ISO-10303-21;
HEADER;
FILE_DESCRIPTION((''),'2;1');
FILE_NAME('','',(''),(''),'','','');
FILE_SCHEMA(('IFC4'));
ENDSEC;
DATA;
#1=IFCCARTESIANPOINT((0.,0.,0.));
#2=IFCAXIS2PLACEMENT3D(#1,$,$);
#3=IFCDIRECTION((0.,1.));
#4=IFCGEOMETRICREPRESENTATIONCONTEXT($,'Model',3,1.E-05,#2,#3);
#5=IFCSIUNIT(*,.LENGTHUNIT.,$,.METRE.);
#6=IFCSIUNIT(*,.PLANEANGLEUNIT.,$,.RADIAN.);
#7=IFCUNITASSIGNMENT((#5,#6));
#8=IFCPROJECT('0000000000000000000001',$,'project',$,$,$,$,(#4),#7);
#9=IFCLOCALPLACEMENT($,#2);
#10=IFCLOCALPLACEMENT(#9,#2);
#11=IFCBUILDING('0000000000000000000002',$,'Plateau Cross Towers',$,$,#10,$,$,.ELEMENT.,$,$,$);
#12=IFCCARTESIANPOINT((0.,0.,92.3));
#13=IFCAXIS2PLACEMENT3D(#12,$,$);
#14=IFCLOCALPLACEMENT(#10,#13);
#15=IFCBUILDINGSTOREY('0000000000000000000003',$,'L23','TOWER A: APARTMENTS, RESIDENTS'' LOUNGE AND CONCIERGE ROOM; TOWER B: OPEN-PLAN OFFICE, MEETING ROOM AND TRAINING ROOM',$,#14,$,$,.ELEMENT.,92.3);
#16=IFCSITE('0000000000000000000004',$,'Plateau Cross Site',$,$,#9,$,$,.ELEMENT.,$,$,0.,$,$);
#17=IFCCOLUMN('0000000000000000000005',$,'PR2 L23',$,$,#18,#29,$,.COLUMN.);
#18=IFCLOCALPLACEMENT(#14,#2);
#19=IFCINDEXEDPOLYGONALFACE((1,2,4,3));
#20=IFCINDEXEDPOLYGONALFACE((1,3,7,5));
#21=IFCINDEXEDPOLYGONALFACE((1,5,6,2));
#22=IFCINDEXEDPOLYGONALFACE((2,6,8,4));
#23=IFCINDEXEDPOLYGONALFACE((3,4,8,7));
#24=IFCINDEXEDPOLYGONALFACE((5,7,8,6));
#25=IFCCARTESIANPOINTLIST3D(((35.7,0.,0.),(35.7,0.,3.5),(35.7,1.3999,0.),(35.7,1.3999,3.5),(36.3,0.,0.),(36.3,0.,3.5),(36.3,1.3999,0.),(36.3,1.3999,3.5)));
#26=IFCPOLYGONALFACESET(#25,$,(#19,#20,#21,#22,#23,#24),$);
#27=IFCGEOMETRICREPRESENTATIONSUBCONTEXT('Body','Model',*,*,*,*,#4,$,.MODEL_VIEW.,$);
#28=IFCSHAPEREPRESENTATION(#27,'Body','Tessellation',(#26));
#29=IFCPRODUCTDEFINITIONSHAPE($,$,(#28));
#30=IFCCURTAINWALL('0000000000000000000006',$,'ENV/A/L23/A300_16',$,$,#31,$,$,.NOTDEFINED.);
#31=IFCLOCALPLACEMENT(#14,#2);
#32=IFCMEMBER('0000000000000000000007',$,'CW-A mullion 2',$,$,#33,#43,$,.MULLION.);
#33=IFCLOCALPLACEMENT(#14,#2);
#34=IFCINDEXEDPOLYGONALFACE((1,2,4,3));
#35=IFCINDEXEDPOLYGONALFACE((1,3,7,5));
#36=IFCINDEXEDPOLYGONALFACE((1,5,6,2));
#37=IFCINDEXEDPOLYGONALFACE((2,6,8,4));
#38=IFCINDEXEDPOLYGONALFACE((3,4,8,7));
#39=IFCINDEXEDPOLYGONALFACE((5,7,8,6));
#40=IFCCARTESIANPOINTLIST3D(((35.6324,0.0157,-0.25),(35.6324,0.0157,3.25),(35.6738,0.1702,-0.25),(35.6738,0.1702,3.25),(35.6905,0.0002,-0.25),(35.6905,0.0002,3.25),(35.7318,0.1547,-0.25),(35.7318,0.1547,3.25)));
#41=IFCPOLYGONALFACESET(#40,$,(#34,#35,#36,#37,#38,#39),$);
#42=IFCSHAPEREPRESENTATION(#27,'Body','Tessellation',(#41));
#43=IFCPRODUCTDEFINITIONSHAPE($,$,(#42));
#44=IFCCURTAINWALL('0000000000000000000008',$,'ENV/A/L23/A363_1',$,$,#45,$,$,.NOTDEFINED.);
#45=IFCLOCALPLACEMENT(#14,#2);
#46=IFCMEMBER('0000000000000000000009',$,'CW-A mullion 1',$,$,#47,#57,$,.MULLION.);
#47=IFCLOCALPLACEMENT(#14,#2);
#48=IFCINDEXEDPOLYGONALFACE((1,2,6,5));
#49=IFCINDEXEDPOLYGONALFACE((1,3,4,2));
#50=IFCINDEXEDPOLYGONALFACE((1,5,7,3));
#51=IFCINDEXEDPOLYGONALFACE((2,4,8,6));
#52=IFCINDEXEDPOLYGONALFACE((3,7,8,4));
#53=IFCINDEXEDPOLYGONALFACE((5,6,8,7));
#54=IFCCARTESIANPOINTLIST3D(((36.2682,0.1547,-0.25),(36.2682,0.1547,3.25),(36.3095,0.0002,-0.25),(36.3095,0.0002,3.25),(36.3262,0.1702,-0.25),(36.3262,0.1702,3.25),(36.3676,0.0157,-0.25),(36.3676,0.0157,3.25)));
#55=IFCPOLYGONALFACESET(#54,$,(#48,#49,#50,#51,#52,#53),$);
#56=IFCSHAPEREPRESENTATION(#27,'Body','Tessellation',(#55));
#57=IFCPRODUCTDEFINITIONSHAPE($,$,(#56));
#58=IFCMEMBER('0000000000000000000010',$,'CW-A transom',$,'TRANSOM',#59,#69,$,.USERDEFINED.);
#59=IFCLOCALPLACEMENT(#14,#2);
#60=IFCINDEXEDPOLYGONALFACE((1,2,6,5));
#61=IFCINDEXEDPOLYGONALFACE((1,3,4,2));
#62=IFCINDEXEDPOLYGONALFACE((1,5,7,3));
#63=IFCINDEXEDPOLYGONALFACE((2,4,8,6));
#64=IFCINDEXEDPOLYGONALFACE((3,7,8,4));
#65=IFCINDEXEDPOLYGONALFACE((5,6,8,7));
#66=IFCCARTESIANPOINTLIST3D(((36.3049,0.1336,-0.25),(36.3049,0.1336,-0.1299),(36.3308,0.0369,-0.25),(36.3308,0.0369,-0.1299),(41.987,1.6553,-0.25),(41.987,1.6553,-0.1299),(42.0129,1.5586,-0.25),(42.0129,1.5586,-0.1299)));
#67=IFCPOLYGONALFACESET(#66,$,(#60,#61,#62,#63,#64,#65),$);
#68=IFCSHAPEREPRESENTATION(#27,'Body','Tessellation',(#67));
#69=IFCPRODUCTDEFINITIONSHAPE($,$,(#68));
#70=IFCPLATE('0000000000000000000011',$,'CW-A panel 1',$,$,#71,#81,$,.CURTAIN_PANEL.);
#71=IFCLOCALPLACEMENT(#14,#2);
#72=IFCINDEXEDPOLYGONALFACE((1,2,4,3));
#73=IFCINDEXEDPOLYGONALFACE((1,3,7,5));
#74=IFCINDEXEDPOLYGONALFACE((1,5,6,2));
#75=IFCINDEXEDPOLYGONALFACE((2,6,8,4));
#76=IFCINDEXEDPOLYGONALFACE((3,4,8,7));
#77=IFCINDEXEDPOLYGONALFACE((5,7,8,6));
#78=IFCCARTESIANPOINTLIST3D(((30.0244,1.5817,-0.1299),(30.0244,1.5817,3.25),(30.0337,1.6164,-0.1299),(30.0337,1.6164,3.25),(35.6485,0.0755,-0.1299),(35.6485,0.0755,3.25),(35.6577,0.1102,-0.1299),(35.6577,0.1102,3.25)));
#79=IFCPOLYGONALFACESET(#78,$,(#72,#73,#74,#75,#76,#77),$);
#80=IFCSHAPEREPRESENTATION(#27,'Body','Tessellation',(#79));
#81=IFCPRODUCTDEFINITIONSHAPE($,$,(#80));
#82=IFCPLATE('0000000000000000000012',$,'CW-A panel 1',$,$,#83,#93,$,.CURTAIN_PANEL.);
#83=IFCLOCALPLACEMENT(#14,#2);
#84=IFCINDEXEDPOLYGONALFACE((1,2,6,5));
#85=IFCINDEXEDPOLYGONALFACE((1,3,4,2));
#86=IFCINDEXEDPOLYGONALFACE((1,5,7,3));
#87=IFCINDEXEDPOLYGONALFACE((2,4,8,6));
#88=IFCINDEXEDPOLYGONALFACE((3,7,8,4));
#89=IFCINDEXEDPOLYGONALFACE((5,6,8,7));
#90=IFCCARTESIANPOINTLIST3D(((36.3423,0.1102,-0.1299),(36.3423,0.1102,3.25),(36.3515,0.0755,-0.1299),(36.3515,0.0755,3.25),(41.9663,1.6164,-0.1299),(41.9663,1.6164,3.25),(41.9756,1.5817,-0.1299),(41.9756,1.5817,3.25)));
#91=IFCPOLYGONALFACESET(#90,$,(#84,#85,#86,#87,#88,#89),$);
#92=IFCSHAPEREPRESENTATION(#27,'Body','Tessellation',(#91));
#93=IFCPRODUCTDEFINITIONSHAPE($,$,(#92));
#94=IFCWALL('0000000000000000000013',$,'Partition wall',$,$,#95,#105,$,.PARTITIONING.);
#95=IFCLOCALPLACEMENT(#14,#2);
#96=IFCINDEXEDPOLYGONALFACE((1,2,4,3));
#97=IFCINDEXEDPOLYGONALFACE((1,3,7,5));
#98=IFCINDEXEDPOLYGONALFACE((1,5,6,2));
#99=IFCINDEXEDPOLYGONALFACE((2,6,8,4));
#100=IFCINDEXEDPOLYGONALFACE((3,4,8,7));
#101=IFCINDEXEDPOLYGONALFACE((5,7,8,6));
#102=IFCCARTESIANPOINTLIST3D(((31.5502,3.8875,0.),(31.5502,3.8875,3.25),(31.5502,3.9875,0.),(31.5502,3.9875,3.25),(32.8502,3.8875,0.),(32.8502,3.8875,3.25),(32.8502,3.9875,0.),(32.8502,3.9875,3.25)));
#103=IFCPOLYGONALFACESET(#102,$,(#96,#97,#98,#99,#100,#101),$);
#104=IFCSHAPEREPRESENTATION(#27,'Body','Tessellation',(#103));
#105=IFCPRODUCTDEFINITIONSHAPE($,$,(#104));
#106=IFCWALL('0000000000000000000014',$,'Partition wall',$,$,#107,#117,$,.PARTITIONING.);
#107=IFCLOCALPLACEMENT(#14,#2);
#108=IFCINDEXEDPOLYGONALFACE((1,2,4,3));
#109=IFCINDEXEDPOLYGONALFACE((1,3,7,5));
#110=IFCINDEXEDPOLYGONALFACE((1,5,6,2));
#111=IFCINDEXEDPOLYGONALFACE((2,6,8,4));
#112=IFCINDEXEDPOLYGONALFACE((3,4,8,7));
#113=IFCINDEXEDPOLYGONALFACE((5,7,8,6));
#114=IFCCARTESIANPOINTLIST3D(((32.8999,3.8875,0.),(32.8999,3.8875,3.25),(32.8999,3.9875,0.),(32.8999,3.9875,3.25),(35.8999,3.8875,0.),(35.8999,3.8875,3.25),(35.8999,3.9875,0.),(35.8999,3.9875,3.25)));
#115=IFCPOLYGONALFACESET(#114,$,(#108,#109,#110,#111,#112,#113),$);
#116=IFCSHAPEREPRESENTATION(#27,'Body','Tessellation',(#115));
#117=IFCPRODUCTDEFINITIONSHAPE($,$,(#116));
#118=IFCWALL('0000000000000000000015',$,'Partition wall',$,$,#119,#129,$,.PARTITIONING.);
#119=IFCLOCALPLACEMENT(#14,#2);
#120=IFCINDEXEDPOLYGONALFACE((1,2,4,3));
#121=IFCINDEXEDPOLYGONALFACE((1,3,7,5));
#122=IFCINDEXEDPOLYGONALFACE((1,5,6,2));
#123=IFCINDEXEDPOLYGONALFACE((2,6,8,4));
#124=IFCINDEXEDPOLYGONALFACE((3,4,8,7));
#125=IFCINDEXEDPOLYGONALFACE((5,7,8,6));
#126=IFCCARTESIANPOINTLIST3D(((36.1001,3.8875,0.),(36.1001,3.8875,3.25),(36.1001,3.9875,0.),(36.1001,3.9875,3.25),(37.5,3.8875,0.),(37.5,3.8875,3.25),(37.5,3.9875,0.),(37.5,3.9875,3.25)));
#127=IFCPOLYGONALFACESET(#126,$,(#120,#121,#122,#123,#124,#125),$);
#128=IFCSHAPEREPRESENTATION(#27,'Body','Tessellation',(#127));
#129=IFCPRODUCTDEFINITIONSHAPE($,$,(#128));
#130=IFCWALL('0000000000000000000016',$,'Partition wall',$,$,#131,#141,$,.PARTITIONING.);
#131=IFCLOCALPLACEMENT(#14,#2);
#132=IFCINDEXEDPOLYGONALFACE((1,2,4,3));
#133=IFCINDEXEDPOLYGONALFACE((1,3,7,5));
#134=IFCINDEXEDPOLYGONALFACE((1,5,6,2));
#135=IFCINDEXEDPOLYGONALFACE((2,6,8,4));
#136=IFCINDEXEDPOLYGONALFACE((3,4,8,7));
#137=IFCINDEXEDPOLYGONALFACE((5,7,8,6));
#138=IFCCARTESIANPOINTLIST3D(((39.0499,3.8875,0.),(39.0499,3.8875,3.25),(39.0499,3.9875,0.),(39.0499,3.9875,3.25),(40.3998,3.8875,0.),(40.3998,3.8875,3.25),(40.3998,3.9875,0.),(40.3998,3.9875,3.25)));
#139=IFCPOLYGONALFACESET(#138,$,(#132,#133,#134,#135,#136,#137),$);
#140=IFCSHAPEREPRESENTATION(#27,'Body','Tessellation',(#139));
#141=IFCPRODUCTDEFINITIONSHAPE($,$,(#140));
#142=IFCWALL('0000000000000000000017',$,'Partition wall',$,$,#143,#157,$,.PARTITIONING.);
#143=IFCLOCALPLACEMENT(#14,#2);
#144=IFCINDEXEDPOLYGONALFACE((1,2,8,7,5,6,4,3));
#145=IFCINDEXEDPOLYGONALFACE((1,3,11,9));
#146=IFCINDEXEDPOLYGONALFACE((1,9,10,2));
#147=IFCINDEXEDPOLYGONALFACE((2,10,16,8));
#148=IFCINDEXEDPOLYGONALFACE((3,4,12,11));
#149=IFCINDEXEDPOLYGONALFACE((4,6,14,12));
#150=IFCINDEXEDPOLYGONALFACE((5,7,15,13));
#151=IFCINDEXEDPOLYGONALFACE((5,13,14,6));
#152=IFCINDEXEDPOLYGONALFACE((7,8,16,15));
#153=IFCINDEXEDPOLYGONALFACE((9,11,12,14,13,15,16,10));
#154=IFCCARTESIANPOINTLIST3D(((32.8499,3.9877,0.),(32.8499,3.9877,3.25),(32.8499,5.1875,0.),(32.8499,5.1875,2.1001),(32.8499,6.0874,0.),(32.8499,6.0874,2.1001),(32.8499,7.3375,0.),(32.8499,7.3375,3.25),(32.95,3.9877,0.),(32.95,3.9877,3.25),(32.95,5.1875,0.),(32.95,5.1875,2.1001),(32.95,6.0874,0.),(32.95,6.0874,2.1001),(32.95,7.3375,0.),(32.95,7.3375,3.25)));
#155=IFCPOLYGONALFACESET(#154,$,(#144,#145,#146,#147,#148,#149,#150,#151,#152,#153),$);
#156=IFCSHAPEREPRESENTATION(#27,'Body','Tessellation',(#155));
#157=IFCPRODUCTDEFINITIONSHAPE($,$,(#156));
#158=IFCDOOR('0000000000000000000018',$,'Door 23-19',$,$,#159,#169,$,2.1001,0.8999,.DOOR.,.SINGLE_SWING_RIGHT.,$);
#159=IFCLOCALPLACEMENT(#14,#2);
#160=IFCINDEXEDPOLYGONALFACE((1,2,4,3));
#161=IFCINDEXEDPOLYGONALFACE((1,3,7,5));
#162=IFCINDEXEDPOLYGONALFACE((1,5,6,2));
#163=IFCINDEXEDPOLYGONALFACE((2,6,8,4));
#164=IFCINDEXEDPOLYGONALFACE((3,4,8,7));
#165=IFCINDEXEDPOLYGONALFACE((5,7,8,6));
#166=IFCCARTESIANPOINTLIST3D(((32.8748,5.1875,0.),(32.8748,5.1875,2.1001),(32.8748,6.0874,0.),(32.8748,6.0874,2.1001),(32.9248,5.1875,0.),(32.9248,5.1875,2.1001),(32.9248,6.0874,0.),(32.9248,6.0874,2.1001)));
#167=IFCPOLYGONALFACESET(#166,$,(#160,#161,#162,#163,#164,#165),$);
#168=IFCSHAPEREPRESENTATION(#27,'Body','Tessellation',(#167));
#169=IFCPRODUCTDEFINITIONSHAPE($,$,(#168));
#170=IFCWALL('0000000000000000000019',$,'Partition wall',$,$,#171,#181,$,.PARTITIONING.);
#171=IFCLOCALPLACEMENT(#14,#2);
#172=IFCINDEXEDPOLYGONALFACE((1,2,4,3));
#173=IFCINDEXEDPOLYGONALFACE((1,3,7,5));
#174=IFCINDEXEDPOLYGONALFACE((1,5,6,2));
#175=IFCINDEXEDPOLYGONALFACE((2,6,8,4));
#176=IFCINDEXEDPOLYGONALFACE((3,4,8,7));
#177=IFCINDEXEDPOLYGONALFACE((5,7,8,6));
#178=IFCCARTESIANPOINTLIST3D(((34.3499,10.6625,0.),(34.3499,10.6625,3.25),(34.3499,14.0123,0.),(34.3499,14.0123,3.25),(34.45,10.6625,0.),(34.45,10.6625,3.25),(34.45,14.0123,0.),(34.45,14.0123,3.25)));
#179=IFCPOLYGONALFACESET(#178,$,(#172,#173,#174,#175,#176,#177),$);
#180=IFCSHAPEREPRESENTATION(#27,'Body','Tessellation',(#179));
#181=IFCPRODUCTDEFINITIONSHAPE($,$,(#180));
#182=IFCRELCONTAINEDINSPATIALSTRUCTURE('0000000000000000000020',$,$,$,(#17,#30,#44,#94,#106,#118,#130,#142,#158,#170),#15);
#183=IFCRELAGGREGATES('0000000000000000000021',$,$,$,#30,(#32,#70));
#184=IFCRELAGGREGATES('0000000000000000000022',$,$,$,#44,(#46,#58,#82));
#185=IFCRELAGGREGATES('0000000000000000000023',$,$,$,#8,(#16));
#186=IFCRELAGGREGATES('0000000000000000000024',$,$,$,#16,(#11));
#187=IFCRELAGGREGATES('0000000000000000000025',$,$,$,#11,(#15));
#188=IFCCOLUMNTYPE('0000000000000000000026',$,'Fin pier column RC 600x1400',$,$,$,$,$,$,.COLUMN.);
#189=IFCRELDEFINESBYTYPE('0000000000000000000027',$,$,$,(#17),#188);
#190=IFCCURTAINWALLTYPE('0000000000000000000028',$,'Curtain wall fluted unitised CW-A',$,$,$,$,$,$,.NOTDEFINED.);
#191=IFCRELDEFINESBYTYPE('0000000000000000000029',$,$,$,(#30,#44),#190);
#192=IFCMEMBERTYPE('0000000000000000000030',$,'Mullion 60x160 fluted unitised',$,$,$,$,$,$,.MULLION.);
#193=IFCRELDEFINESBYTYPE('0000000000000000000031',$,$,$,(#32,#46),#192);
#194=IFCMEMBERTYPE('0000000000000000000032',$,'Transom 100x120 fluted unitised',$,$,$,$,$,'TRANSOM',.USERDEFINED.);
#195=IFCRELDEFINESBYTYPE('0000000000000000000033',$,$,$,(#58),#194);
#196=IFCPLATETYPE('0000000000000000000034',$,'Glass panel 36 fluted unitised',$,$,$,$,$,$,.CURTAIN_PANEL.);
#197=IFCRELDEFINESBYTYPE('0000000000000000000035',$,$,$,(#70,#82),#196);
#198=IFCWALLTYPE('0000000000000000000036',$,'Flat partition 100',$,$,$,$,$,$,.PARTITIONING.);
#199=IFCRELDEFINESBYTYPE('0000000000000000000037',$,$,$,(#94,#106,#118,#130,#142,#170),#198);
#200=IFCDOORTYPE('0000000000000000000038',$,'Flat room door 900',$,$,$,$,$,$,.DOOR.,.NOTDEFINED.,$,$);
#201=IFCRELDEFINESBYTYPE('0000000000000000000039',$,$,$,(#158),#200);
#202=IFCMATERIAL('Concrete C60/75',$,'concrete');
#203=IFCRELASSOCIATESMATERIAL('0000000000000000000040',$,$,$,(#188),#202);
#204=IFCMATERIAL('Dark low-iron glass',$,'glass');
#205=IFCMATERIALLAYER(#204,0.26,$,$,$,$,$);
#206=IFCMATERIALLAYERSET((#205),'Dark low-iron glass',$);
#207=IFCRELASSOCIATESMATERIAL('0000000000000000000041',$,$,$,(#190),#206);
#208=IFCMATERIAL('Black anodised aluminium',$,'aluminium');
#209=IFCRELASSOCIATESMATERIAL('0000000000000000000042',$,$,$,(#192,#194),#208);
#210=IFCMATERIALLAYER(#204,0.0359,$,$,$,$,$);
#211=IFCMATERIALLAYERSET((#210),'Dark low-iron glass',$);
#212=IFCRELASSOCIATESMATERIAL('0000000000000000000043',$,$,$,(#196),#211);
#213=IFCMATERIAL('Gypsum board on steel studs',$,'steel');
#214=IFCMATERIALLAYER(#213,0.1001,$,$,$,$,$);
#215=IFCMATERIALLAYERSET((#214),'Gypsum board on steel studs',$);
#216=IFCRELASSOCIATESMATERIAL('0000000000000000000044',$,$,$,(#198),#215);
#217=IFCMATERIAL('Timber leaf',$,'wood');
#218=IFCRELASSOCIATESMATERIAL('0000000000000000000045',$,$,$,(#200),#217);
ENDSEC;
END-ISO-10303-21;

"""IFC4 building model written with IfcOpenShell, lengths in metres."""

from ifc_helpers import new_model, si_unit, direction, frame, frame_2d, origin, origin_2d, place, context, subcontext, project, spatial, rectangle, extrude, material, layer, layer_set, material_profile, profile_set, type_object, element, fill, aggregate, save


model = new_model("IFC4")

# Units and contexts
model_context = context("Model", 3, precision=1e-05, world=origin(), true_north=direction((0.0, 1.0)))
body_context = subcontext(model_context, "Body", "Model", "MODEL_VIEW")
ifc_project = project(units=[si_unit("LENGTHUNIT", "METRE"), si_unit("PLANEANGLEUNIT", "RADIAN")], contexts=[model_context])

# Site, building, storey
site_placement = place(None, origin())
site = spatial("IfcSite", under=ifc_project, at=site_placement, Name="Plateau Cross Site", CompositionType="ELEMENT", RefElevation=0.0)
building_placement = place(site_placement, origin())
building = spatial("IfcBuilding", under=site, at=building_placement, Name="Plateau Cross Towers", CompositionType="ELEMENT")
storey_placement = place(building_placement, frame((0.0, 0.0, 92.3)))
storey = spatial("IfcBuildingStorey", under=building, at=storey_placement, Name="L23", Description="TOWER A: APARTMENTS, RESIDENTS' LOUNGE AND CONCIERGE ROOM; TOWER B: OPEN-PLAN OFFICE, MEETING ROOM AND TRAINING ROOM", CompositionType="ELEMENT", Elevation=92.3)

# Column
ifc_material_1 = material(Name="Concrete C60/75", Category="concrete")
ifc_material_profile_1 = material_profile(ifc_material_1, rectangle(XDim=0.6001, YDim=1.3999, at=origin_2d()), Name="RC 600x1400")
ifc_profile_set_1 = profile_set([ifc_material_profile_1], Name="Concrete C60/75")
column_type = type_object("IfcColumnType", Name="Fin pier column RC 600x1400", PredefinedType="COLUMN", material=ifc_profile_set_1)
column_placement = place(storey_placement, frame((36.0, 0.7, 0.0), z_axis=(0.0, 0.0, 1.0), x_axis=(1.0, 0.0, 0.0)))
element("IfcColumn", 1, at=column_placement, inside=storey, type_object=column_type, Name="PR2 L23", PredefinedType="COLUMN", context=body_context, shape_type="SweptSolid", body=[
    extrude(rectangle(XDim=0.6001, YDim=1.3999, at=origin_2d()), origin(), (0.0, 0.0, 1.0), 3.5),
])

# Curtain wall, member
ifc_material_2 = material(Name="Dark low-iron glass", Category="glass")
ifc_layer_1 = layer(ifc_material_2, 0.26)
ifc_layer_set_1 = layer_set([ifc_layer_1], Name="Dark low-iron glass")
curtain_wall_type = type_object("IfcCurtainWallType", Name="Curtain wall fluted unitised CW-A", PredefinedType="NOTDEFINED", material=ifc_layer_set_1)
curtain_wall_1_placement = place(storey_placement, origin())
curtain_wall_1 = element("IfcCurtainWall", 2, at=curtain_wall_1_placement, inside=storey, type_object=curtain_wall_type, Name="ENV/A/L23/A300_16", PredefinedType="NOTDEFINED")
ifc_material_3 = material(Name="Black anodised aluminium", Category="aluminium")
ifc_material_profile_2 = material_profile(ifc_material_3, rectangle(XDim=0.0601, YDim=0.1599, at=origin_2d()), Name="MULLION 60x160")
ifc_profile_set_2 = profile_set([ifc_material_profile_2], Name="Black anodised aluminium")
member_type_1 = type_object("IfcMemberType", Name="Mullion 60x160 fluted unitised", PredefinedType="MULLION", material=ifc_profile_set_2)
member_1_placement = place(storey_placement, frame((35.6821, 0.0852, -0.25), z_axis=(0.0, 0.0, 1.0), x_axis=(0.965958, -0.258699, 0.0)))
member_1 = element("IfcMember", 3, at=member_1_placement, type_object=member_type_1, Name="CW-A mullion 2", PredefinedType="MULLION", context=body_context, shape_type="SweptSolid", body=[
    extrude(rectangle(XDim=0.0601, YDim=0.1599, at=origin_2d()), origin(), (0.0, 0.0, 1.0), 3.5),
])

# Curtain wall, members
curtain_wall_2_placement = place(storey_placement, origin())
curtain_wall_2 = element("IfcCurtainWall", 4, at=curtain_wall_2_placement, inside=storey, type_object=curtain_wall_type, Name="ENV/A/L23/A363_1", PredefinedType="NOTDEFINED")
member_2_placement = place(storey_placement, frame((36.3179, 0.0852, -0.25), z_axis=(0.0, 0.0, 1.0), x_axis=(0.965958, 0.258699, 0.0)))
member_2 = element("IfcMember", 5, at=member_2_placement, type_object=member_type_1, Name="CW-A mullion 1", PredefinedType="MULLION", context=body_context, shape_type="SweptSolid", body=[
    extrude(rectangle(XDim=0.0601, YDim=0.1599, at=origin_2d()), origin(), (0.0, 0.0, 1.0), 3.5),
])
ifc_material_profile_3 = material_profile(ifc_material_3, rectangle(XDim=0.1001, YDim=0.1201, at=origin_2d()), Name="TRANSOM 100x120")
ifc_profile_set_3 = profile_set([ifc_material_profile_3], Name="Black anodised aluminium")
member_type_2 = type_object("IfcMemberType", Name="Transom 100x120 fluted unitised", ElementType="TRANSOM", PredefinedType="USERDEFINED", material=ifc_profile_set_3)
member_3_placement = place(storey_placement, frame((36.3179, 0.0852, -0.1899), z_axis=(0.96596, 0.258693, 0.0), x_axis=(-0.258693, 0.96596, 0.0)))
member_3 = element("IfcMember", 6, at=member_3_placement, type_object=member_type_2, Name="CW-A transom", ObjectType="TRANSOM", PredefinedType="USERDEFINED", context=body_context, shape_type="SweptSolid", body=[
    extrude(rectangle(XDim=0.1001, YDim=0.1201, at=origin_2d()), origin(), (0.0, 0.0, 1.0), 5.8823),
])

# Plates
ifc_layer_2 = layer(ifc_material_2, 0.0359)
ifc_layer_set_2 = layer_set([ifc_layer_2], Name="Dark low-iron glass")
plate_type = type_object("IfcPlateType", Name="Glass panel 36 fluted unitised", PredefinedType="CURTAIN_PANEL", material=ifc_layer_set_2)
plate_1_placement = place(storey_placement, frame((32.8411, 0.8459, -0.1299), z_axis=(0.0, 0.0, 1.0), x_axis=(0.965958, -0.258699, 0.0)))
plate_1 = element("IfcPlate", 7, at=plate_1_placement, type_object=plate_type, Name="CW-A panel 1", PredefinedType="CURTAIN_PANEL", context=body_context, shape_type="SweptSolid", body=[
    extrude(rectangle(XDim=5.8223, YDim=0.0359, at=origin_2d()), origin(), (0.0, 0.0, 1.0), 3.3799),
])
aggregate(curtain_wall_1, [member_1, plate_1])
plate_2_placement = place(storey_placement, frame((39.1589, 0.8459, -0.1299), z_axis=(0.0, 0.0, 1.0), x_axis=(0.965958, 0.258699, 0.0)))
plate_2 = element("IfcPlate", 8, at=plate_2_placement, type_object=plate_type, Name="CW-A panel 1", PredefinedType="CURTAIN_PANEL", context=body_context, shape_type="SweptSolid", body=[
    extrude(rectangle(XDim=5.8223, YDim=0.0359, at=origin_2d()), origin(), (0.0, 0.0, 1.0), 3.3799),
])
aggregate(curtain_wall_2, [member_2, member_3, plate_2])

# Walls
ifc_material_4 = material(Name="Gypsum board on steel studs", Category="steel")
ifc_layer_3 = layer(ifc_material_4, 0.1001)
ifc_layer_set_3 = layer_set([ifc_layer_3], Name="Gypsum board on steel studs")
wall_type_1 = type_object("IfcWallType", Name="Flat partition 100", PredefinedType="PARTITIONING", material=ifc_layer_set_3)
wall_1_placement = place(storey_placement, frame((32.8501, 3.9375, 0.0), z_axis=(0.0, 0.0, 1.0), x_axis=(-1.0, 0.0, 0.0)))
element("IfcWall", 9, at=wall_1_placement, inside=storey, type_object=wall_type_1, Name="Partition wall", PredefinedType="PARTITIONING", context=body_context, shape_type="SweptSolid", body=[
    extrude(rectangle(XDim=1.3, YDim=0.1001, at=frame_2d((0.6499, 0.0))), origin(), (0.0, 0.0, 1.0), 3.25),
])
wall_2_placement = place(storey_placement, frame((32.8999, 3.9375, 0.0), z_axis=(0.0, 0.0, 1.0), x_axis=(1.0, 0.0, 0.0)))
element("IfcWall", 10, at=wall_2_placement, inside=storey, type_object=wall_type_1, Name="Partition wall", PredefinedType="PARTITIONING", context=body_context, shape_type="SweptSolid", body=[
    extrude(rectangle(XDim=3.0, YDim=0.1001, at=frame_2d((1.5, 0.0))), origin(), (0.0, 0.0, 1.0), 3.25),
])
wall_3_placement = place(storey_placement, frame((36.1001, 3.9375, 0.0), z_axis=(0.0, 0.0, 1.0), x_axis=(1.0, 0.0, 0.0)))
element("IfcWall", 11, at=wall_3_placement, inside=storey, type_object=wall_type_1, Name="Partition wall", PredefinedType="PARTITIONING", context=body_context, shape_type="SweptSolid", body=[
    extrude(rectangle(XDim=1.3999, YDim=0.1001, at=frame_2d((0.7, 0.0))), origin(), (0.0, 0.0, 1.0), 3.25),
])
wall_4_placement = place(storey_placement, frame((39.05, 3.9375, 0.0), z_axis=(0.0, 0.0, 1.0), x_axis=(1.0, 0.0, 0.0)))
element("IfcWall", 12, at=wall_4_placement, inside=storey, type_object=wall_type_1, Name="Partition wall", PredefinedType="PARTITIONING", context=body_context, shape_type="SweptSolid", body=[
    extrude(rectangle(XDim=1.3499, YDim=0.1001, at=frame_2d((0.6748, 0.0))), origin(), (0.0, 0.0, 1.0), 3.25),
])

# Wall, opening, door
wall_5_placement = place(storey_placement, frame((32.8999, 7.3374, 0.0), z_axis=(0.0, 0.0, 1.0), x_axis=(0.0, -1.0, 0.0)))
wall_5 = element("IfcWall", 13, at=wall_5_placement, inside=storey, type_object=wall_type_1, Name="Partition wall", PredefinedType="PARTITIONING", context=body_context, shape_type="SweptSolid", body=[
    extrude(rectangle(XDim=3.3499, YDim=0.1001, at=frame_2d((1.6748, 0.0))), origin(), (0.0, 0.0, 1.0), 3.25),
])
opening_1_placement = place(wall_5_placement, frame((1.25, 0.0, 0.0)))
opening_1 = element("IfcOpeningElement", 14, at=opening_1_placement, cuts=wall_5, PredefinedType="OPENING", context=body_context, shape_type="SweptSolid", body=[
    extrude(rectangle(XDim=0.8999, YDim=2.1001, at=frame_2d((0.45, 1.05))), frame((0.0, 0.0601, 0.0), z_axis=(0.0, -1.0, 0.0), x_axis=(1.0, 0.0, 0.0)), (0.0, 0.0, 1.0), 0.1201),
])
ifc_material_5 = material(Name="Timber leaf", Category="wood")
door_type = type_object("IfcDoorType", Name="Flat room door 900", OperationType="NOTDEFINED", PredefinedType="DOOR", material=ifc_material_5)
door_1_placement = place(opening_1_placement, origin())
door_1 = element("IfcDoor", 15, at=door_1_placement, inside=storey, type_object=door_type, Name="Door 23-19", OperationType="SINGLE_SWING_RIGHT", OverallHeight=2.1001, OverallWidth=0.8999, PredefinedType="DOOR", context=body_context, shape_type="SweptSolid", body=[
    extrude(rectangle(XDim=0.8999, YDim=2.1001, at=frame_2d((0.45, 1.05))), frame((0.0, 0.0249, 0.0), z_axis=(0.0, -1.0, 0.0), x_axis=(1.0, 0.0, 0.0)), (0.0, 0.0, 1.0), 0.05),
])
fill(opening_1, door_1)

# Wall
wall_6_placement = place(storey_placement, frame((34.3999, 10.6626, 0.0), z_axis=(0.0, 0.0, 1.0), x_axis=(0.0, 1.0, 0.0)))
element("IfcWall", 16, at=wall_6_placement, inside=storey, type_object=wall_type_1, Name="Partition wall", PredefinedType="PARTITIONING", context=body_context, shape_type="SweptSolid", body=[
    extrude(rectangle(XDim=3.3499, YDim=0.1001, at=frame_2d((1.6748, 0.0))), origin(), (0.0, 0.0, 1.0), 3.25),
])

save(model, "model.ifc")
